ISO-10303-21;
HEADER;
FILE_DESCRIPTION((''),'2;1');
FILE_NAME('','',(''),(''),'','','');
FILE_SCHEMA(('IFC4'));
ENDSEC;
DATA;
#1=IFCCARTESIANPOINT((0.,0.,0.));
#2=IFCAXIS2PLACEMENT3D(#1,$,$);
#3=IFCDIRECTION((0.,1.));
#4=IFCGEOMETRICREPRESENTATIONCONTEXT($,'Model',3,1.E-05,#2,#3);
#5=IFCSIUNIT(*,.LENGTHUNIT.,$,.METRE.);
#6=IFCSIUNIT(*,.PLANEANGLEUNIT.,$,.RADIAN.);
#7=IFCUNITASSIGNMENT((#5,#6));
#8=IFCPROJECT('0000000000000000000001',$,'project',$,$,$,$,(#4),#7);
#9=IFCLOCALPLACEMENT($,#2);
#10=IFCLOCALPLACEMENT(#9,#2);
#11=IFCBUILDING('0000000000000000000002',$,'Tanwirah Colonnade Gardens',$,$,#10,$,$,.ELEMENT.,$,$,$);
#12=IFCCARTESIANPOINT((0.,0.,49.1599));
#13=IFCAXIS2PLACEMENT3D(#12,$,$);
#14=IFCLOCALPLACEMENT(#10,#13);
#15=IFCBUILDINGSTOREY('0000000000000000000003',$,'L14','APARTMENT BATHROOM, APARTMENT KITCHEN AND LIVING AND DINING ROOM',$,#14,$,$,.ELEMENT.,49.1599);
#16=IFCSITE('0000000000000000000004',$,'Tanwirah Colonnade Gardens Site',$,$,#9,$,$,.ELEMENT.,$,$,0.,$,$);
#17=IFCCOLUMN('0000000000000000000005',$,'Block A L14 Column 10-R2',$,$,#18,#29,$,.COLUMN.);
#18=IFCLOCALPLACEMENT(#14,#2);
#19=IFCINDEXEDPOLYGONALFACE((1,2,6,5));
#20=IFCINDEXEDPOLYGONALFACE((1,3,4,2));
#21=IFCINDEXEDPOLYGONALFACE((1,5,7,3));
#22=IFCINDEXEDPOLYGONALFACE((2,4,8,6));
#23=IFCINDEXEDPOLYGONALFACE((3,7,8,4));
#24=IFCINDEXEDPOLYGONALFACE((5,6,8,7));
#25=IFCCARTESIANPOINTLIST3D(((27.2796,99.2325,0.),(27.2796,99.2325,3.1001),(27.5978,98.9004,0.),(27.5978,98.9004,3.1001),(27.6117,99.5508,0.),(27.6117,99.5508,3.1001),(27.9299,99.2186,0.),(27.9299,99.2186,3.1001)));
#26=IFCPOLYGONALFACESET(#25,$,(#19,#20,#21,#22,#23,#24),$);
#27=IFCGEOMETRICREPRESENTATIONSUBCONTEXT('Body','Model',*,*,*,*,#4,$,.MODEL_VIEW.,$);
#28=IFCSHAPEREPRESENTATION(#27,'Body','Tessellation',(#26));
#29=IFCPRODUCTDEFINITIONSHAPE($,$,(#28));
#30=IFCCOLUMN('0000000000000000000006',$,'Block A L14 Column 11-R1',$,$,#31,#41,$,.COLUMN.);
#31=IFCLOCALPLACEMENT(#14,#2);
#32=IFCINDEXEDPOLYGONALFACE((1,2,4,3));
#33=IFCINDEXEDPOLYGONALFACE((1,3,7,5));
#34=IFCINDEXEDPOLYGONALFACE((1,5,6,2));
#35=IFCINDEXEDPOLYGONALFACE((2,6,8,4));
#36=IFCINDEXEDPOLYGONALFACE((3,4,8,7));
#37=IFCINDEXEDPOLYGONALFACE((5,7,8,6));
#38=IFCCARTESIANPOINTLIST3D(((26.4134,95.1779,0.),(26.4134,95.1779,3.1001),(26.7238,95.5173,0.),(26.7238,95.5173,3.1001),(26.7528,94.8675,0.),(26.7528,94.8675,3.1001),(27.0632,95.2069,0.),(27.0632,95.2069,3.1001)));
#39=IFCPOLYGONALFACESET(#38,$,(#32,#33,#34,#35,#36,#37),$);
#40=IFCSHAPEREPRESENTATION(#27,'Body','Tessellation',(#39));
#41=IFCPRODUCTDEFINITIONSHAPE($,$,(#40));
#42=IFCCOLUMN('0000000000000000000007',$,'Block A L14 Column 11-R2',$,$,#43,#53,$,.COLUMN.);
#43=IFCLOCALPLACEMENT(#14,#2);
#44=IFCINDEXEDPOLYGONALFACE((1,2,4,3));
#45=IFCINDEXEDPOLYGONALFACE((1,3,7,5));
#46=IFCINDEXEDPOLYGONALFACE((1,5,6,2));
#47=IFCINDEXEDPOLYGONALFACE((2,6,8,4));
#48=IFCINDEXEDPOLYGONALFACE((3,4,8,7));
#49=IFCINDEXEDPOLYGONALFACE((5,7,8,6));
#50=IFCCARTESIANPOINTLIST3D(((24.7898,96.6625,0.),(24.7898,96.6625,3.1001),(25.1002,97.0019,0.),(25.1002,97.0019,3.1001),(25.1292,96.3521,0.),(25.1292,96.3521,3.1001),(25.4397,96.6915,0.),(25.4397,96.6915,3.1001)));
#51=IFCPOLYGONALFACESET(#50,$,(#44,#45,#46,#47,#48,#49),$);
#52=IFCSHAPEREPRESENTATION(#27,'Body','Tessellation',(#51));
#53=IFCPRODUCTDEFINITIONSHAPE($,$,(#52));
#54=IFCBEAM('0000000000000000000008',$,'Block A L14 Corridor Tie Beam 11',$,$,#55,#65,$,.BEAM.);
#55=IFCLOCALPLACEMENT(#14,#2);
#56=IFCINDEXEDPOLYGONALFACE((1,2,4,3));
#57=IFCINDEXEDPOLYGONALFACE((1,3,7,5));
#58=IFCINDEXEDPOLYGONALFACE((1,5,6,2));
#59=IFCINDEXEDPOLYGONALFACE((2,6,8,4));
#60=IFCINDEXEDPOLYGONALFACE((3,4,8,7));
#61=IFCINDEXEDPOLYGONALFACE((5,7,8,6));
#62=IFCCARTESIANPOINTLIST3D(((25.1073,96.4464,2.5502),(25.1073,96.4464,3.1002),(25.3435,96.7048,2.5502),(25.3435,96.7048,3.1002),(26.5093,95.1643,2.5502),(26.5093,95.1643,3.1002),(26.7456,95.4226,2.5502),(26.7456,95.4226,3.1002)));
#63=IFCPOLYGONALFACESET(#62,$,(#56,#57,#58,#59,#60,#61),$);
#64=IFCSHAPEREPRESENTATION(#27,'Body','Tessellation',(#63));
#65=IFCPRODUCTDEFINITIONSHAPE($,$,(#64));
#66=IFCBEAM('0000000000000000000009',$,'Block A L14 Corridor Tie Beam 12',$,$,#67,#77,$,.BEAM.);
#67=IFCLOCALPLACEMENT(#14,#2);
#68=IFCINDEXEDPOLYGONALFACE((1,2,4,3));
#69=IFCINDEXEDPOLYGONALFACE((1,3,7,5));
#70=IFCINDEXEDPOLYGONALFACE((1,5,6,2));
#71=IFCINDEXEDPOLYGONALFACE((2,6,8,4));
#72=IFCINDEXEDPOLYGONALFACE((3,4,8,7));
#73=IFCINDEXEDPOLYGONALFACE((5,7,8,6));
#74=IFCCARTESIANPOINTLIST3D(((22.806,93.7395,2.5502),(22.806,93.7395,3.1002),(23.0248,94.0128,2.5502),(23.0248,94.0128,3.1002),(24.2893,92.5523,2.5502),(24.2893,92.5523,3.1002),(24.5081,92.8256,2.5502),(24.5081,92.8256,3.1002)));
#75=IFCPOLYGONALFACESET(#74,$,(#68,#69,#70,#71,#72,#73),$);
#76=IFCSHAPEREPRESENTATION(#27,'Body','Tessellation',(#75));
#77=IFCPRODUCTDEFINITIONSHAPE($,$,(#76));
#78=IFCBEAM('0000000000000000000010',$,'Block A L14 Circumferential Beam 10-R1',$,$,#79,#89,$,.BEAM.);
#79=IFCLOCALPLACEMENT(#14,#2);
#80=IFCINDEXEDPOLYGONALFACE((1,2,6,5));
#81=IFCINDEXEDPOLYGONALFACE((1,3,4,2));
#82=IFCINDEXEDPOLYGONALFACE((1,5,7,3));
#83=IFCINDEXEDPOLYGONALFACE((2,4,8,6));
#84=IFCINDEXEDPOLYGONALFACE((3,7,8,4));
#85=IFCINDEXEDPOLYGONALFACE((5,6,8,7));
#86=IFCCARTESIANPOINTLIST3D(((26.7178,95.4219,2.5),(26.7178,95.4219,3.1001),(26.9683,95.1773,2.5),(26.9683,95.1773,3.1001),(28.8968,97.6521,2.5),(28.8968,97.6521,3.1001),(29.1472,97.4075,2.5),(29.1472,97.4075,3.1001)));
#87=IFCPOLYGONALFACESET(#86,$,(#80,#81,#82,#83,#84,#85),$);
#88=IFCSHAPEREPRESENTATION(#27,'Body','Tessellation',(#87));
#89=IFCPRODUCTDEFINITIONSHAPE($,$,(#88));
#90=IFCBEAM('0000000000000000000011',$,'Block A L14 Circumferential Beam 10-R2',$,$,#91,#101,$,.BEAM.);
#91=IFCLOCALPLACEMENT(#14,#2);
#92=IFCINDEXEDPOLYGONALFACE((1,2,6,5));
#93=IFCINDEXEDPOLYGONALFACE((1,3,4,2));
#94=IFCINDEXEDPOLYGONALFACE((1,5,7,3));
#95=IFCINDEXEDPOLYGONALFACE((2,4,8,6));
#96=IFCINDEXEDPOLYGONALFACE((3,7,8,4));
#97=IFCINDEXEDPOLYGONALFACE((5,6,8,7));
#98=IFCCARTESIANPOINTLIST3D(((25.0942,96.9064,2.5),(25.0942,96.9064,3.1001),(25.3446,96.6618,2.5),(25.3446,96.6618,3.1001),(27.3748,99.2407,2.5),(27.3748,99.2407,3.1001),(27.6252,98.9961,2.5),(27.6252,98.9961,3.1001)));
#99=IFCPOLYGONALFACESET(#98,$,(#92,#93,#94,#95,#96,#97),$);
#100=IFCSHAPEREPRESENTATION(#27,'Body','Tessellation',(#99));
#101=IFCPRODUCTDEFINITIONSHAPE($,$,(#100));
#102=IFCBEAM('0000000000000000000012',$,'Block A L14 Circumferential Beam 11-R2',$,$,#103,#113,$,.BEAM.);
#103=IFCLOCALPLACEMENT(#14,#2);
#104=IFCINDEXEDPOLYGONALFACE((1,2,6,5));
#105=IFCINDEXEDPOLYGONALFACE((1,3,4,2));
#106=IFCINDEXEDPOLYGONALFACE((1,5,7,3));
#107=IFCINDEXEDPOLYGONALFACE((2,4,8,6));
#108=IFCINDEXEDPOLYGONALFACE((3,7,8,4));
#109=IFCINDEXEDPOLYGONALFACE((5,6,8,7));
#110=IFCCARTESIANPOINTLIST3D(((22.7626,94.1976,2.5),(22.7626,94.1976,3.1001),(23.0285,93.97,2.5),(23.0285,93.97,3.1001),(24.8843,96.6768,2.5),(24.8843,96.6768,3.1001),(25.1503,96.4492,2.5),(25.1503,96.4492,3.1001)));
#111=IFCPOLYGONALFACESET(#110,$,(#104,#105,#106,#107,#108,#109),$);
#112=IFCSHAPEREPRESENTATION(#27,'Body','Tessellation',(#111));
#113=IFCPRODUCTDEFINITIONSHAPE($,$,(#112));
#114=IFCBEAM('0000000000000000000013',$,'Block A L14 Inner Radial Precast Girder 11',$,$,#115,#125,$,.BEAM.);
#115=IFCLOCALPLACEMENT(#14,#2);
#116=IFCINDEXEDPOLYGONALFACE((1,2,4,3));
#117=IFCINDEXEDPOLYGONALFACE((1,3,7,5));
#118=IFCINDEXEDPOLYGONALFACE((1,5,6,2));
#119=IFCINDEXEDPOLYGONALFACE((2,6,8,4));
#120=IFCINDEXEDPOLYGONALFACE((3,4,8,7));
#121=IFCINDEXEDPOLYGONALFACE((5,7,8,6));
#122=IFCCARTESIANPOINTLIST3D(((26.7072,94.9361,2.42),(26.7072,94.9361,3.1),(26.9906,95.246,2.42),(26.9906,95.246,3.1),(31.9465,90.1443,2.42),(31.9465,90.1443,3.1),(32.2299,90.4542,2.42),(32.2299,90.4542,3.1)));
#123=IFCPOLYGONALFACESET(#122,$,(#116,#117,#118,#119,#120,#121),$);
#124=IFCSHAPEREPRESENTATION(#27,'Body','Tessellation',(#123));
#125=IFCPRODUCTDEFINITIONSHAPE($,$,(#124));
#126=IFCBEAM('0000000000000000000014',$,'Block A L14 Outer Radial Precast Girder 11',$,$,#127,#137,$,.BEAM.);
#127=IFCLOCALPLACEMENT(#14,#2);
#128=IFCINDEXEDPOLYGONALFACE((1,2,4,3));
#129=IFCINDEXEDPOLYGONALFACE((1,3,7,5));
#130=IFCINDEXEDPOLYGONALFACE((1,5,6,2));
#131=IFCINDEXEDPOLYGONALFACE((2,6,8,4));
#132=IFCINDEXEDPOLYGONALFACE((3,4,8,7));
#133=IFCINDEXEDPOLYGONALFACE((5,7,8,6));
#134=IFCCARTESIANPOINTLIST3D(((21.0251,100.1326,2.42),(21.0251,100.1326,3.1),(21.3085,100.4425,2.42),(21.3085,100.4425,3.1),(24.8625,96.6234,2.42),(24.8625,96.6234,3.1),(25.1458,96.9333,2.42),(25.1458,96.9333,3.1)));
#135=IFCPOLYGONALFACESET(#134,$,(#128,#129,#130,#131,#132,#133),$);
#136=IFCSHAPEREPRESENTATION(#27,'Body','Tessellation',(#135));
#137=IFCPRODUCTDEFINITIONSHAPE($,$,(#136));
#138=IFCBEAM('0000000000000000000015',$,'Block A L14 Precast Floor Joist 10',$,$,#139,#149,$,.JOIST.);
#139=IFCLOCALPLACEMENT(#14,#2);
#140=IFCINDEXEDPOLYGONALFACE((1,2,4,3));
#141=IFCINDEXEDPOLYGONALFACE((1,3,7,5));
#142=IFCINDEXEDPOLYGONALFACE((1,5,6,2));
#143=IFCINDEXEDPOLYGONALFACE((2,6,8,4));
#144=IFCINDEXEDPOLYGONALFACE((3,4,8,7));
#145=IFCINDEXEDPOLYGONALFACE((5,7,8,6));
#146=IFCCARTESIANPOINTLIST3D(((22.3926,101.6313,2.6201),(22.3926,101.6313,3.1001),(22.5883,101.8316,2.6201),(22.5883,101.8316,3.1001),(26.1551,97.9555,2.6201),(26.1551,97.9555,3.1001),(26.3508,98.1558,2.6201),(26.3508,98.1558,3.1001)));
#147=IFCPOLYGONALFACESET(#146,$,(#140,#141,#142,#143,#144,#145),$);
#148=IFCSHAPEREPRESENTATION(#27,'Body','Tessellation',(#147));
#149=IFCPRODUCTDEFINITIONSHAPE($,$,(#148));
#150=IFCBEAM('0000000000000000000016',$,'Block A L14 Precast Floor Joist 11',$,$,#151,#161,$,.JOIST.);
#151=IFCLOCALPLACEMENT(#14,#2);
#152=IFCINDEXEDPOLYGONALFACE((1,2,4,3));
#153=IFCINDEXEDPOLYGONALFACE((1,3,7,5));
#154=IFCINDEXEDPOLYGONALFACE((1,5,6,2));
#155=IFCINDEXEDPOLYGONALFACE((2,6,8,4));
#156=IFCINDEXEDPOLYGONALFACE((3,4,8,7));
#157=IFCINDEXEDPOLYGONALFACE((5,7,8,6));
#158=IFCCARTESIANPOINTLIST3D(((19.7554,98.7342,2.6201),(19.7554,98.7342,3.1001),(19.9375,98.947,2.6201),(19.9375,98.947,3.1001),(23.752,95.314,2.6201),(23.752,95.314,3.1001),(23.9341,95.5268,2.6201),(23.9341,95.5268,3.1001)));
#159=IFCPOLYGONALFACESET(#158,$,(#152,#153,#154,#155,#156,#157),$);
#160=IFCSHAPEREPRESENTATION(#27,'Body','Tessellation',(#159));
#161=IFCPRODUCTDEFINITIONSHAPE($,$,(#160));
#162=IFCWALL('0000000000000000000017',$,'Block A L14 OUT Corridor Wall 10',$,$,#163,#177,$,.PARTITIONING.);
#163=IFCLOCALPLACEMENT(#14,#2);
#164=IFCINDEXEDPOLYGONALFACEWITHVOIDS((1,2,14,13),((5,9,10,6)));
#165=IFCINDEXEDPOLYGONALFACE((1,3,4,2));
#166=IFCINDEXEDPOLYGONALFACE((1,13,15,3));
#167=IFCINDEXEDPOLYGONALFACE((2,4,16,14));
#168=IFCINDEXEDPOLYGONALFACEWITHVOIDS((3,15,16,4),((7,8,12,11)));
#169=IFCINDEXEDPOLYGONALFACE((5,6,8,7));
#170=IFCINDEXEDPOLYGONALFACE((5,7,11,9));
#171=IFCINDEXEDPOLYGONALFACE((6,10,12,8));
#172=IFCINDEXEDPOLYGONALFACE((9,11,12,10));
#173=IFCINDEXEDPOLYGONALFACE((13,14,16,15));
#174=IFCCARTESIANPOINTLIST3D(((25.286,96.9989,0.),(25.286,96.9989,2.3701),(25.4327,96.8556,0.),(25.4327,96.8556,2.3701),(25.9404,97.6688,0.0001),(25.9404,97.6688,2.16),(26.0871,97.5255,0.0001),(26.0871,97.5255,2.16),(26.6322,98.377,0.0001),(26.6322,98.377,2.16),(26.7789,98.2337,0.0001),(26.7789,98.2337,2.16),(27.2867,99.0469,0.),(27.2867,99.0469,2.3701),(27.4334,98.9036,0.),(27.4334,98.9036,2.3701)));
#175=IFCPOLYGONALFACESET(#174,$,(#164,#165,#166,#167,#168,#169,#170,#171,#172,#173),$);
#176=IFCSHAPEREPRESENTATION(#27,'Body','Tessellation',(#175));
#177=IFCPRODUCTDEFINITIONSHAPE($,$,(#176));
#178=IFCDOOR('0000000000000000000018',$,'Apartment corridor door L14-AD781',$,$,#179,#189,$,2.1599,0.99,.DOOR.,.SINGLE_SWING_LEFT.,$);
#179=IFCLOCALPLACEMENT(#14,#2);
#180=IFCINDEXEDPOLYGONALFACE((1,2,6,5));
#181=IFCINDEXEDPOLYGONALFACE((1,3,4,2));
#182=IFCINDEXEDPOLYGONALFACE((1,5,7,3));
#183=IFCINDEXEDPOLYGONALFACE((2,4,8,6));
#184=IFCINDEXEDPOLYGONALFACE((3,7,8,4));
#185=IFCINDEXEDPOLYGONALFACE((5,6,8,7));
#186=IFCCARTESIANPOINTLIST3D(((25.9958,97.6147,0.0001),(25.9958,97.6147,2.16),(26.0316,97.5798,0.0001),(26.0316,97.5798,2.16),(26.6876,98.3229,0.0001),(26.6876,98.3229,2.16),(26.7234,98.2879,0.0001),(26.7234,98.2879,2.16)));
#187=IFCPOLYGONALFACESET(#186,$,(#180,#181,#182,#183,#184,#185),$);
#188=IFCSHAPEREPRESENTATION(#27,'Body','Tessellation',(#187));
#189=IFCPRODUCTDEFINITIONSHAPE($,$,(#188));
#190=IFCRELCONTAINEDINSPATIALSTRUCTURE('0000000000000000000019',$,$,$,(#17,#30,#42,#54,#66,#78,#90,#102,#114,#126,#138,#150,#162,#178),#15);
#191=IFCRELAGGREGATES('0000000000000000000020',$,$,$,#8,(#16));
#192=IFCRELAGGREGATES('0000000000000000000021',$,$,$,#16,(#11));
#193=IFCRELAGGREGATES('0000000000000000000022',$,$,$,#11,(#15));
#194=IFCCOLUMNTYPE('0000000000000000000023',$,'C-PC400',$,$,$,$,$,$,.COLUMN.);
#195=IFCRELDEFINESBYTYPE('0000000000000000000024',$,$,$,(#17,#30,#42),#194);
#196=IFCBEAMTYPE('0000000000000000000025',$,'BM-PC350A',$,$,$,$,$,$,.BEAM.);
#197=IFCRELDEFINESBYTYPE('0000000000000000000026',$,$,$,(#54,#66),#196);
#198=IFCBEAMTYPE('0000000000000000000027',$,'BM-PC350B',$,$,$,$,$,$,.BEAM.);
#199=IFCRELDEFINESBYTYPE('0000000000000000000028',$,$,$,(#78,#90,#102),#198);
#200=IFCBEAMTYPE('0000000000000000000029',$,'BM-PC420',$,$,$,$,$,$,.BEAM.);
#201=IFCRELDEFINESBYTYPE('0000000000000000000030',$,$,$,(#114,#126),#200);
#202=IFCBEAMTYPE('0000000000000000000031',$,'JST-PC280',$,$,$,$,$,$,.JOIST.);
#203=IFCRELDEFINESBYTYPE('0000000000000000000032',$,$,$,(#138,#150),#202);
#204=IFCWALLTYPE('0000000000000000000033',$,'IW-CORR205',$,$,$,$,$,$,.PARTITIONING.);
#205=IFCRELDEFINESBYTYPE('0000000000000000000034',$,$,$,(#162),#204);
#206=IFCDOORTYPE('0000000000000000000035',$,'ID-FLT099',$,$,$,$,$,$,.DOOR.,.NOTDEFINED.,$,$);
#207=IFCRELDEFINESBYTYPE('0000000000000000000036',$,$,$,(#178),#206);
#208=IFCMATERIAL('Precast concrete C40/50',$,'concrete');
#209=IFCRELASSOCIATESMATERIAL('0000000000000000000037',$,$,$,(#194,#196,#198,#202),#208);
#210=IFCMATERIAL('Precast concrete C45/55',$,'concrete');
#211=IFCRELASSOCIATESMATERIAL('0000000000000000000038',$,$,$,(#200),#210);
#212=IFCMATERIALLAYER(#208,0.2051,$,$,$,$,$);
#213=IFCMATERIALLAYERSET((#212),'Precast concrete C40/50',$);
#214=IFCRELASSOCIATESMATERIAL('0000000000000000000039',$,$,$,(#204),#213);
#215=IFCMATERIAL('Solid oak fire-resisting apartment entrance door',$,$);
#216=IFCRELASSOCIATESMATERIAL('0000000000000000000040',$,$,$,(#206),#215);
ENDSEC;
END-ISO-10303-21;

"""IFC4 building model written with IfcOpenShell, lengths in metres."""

from ifc_helpers import new_model, si_unit, direction, frame, frame_2d, origin, origin_2d, place, context, subcontext, project, spatial, rectangle, extrude, material, layer, layer_set, material_profile, profile_set, type_object, element, fill, save


model = new_model("IFC4")

# Units and contexts
model_context = context("Model", 3, precision=1e-05, world=origin(), true_north=direction((0.0, 1.0)))
body_context = subcontext(model_context, "Body", "Model", "MODEL_VIEW")
ifc_project = project(units=[si_unit("LENGTHUNIT", "METRE"), si_unit("PLANEANGLEUNIT", "RADIAN")], contexts=[model_context])

# Site, building, storey
site_placement = place(None, origin())
site = spatial("IfcSite", under=ifc_project, at=site_placement, Name="Tanwirah Colonnade Gardens Site", CompositionType="ELEMENT", RefElevation=0.0)
building_placement = place(site_placement, origin())
building = spatial("IfcBuilding", under=site, at=building_placement, Name="Tanwirah Colonnade Gardens", CompositionType="ELEMENT")
storey_placement = place(building_placement, frame((0.0, 0.0, 49.1599)))
storey = spatial("IfcBuildingStorey", under=building, at=storey_placement, Name="L14", Description="APARTMENT BATHROOM, APARTMENT KITCHEN AND LIVING AND DINING ROOM", CompositionType="ELEMENT", Elevation=49.1599)

# Columns
ifc_material_1 = material(Name="Precast concrete C40/50", Category="concrete")
ifc_material_profile_1 = material_profile(ifc_material_1, rectangle(XDim=0.46, YDim=0.46, at=origin_2d()), Name="PC-COL 460x460")
ifc_profile_set_1 = profile_set([ifc_material_profile_1], Name="Precast concrete C40/50")
column_type = type_object("IfcColumnType", Name="C-PC400", PredefinedType="COLUMN", material=ifc_profile_set_1)
for number, where, z_axis, x_axis, name in (
    (1, (27.6047, 99.2256, 0.0), (0.0, 0.0, 1.0), (-0.691863, 0.722029, 0.0), "Block A L14 Column 10-R2"),
    (2, (26.7383, 95.1924, 0.0), (0.0, 0.0, 1.0), (-0.737932, 0.674875, 0.0), "Block A L14 Column 11-R1"),
    (3, (25.1147, 96.677, 0.0), (0.0, 0.0, 1.0), (-0.737932, 0.674875, 0.0), "Block A L14 Column 11-R2"),
):
    element("IfcColumn", number, at=place(storey_placement, frame(where, z_axis=z_axis, x_axis=x_axis)), inside=storey, type_object=column_type, Name=name, PredefinedType="COLUMN", context=body_context, shape_type="SweptSolid", body=[
        extrude(rectangle(XDim=0.46, YDim=0.46, at=origin_2d()), origin(), (0.0, 0.0, 1.0), 3.1001),
    ])

# Beams
ifc_material_profile_2 = material_profile(ifc_material_1, rectangle(XDim=0.3501, YDim=0.55, at=origin_2d()), Name="PC-BM 350x550")
ifc_profile_set_2 = profile_set([ifc_material_profile_2], Name="Precast concrete C40/50")
beam_type_1 = type_object("IfcBeamType", Name="BM-PC350A", PredefinedType="BEAM", material=ifc_profile_set_2)
for number, where, z_axis, x_axis, name in (
    (4, (26.6274, 95.2935, 2.8252), (-0.737948, 0.674857, 0.0), (-0.674857, -0.737948, 0.0), "Block A L14 Corridor Tie Beam 11"),
    (5, (24.3987, 92.689, 2.8252), (-0.780731, 0.624867, 0.0), (-0.624867, -0.780731, 0.0), "Block A L14 Corridor Tie Beam 12"),
):
    element("IfcBeam", number, at=place(storey_placement, frame(where, z_axis=z_axis, x_axis=x_axis)), inside=storey, type_object=beam_type_1, Name=name, PredefinedType="BEAM", context=body_context, shape_type="SweptSolid", body=[
        extrude(rectangle(XDim=0.3501, YDim=0.55, at=origin_2d()), origin(), (0.0, 0.0, 1.0), 1.8999),
    ])
ifc_material_profile_3 = material_profile(ifc_material_1, rectangle(XDim=0.3501, YDim=0.6001, at=origin_2d()), Name="PC-BM 350x600")
ifc_profile_set_3 = profile_set([ifc_material_profile_3], Name="Precast concrete C40/50")
beam_type_2 = type_object("IfcBeamType", Name="BM-PC350B", PredefinedType="BEAM", material=ifc_profile_set_3)
beam_1_placement = place(storey_placement, frame((29.022, 97.5298, 2.8), z_axis=(-0.698837, -0.715281, 0.0), x_axis=(0.715281, -0.698837, 0.0)))
element("IfcBeam", 6, at=beam_1_placement, inside=storey, type_object=beam_type_2, Name="Block A L14 Circumferential Beam 10-R1", PredefinedType="BEAM", context=body_context, shape_type="SweptSolid", body=[
    extrude(rectangle(XDim=0.3501, YDim=0.6001, at=origin_2d()), origin(), (0.0, 0.0, 1.0), 3.1179),
])
beam_2_placement = place(storey_placement, frame((27.5, 99.1184, 2.8), z_axis=(-0.698829, -0.715288, 0.0), x_axis=(0.715288, -0.698829, 0.0)))
element("IfcBeam", 7, at=beam_2_placement, inside=storey, type_object=beam_type_2, Name="Block A L14 Circumferential Beam 10-R2", PredefinedType="BEAM", context=body_context, shape_type="SweptSolid", body=[
    extrude(rectangle(XDim=0.3501, YDim=0.6001, at=origin_2d()), origin(), (0.0, 0.0, 1.0), 3.2634),
])
beam_3_placement = place(storey_placement, frame((25.0173, 96.563, 2.8), z_axis=(-0.650218, -0.759748, 0.0), x_axis=(0.759748, -0.650218, 0.0)))
element("IfcBeam", 8, at=beam_3_placement, inside=storey, type_object=beam_type_2, Name="Block A L14 Circumferential Beam 11-R2", PredefinedType="BEAM", context=body_context, shape_type="SweptSolid", body=[
    extrude(rectangle(XDim=0.3501, YDim=0.6001, at=origin_2d()), origin(), (0.0, 0.0, 1.0), 3.2632),
])
ifc_material_2 = material(Name="Precast concrete C45/55", Category="concrete")
ifc_material_profile_4 = material_profile(ifc_material_2, rectangle(XDim=0.4199, YDim=0.6799, at=origin_2d()), Name="PC-BM 420x680")
ifc_profile_set_4 = profile_set([ifc_material_profile_4], Name="Precast concrete C45/55")
beam_type_3 = type_object("IfcBeamType", Name="BM-PC420", PredefinedType="BEAM", material=ifc_profile_set_4)
beam_4_placement = place(storey_placement, frame((26.8489, 95.0911, 2.76), z_axis=(0.737919, -0.67489, 0.0), x_axis=(0.67489, 0.737919, 0.0)))
element("IfcBeam", 9, at=beam_4_placement, inside=storey, type_object=beam_type_3, Name="Block A L14 Inner Radial Precast Girder 11", PredefinedType="BEAM", context=body_context, shape_type="SweptSolid", body=[
    extrude(rectangle(XDim=0.4199, YDim=0.6799, at=origin_2d()), origin(), (0.0, 0.0, 1.0), 7.1001),
])
beam_5_placement = place(storey_placement, frame((25.0042, 96.7783, 2.76), z_axis=(-0.737953, 0.674852, 0.0), x_axis=(-0.674852, -0.737953, 0.0)))
element("IfcBeam", 10, at=beam_5_placement, inside=storey, type_object=beam_type_3, Name="Block A L14 Outer Radial Precast Girder 11", PredefinedType="BEAM", context=body_context, shape_type="SweptSolid", body=[
    extrude(rectangle(XDim=0.4199, YDim=0.6799, at=origin_2d()), origin(), (0.0, 0.0, 1.0), 5.2),
])
ifc_material_profile_5 = material_profile(ifc_material_1, rectangle(XDim=0.28, YDim=0.48, at=origin_2d()), Name="PC-JST 280x480")
ifc_profile_set_5 = profile_set([ifc_material_profile_5], Name="Precast concrete C40/50")
beam_type_4 = type_object("IfcBeamType", Name="JST-PC280", PredefinedType="JOIST", material=ifc_profile_set_5)
beam_6_placement = place(storey_placement, frame((26.2529, 98.0557, 2.8601), z_axis=(-0.715297, 0.69882, 0.0), x_axis=(-0.69882, -0.715297, 0.0)))
element("IfcBeam", 11, at=beam_6_placement, inside=storey, type_object=beam_type_4, Name="Block A L14 Precast Floor Joist 10", PredefinedType="JOIST", context=body_context, shape_type="SweptSolid", body=[
    extrude(rectangle(XDim=0.28, YDim=0.48, at=origin_2d()), origin(), (0.0, 0.0, 1.0), 5.26),
])
beam_7_placement = place(storey_placement, frame((23.843, 95.4204, 2.8601), z_axis=(-0.759771, 0.650191, 0.0), x_axis=(-0.650191, -0.759771, 0.0)))
element("IfcBeam", 12, at=beam_7_placement, inside=storey, type_object=beam_type_4, Name="Block A L14 Precast Floor Joist 11", PredefinedType="JOIST", context=body_context, shape_type="SweptSolid", body=[
    extrude(rectangle(XDim=0.28, YDim=0.48, at=origin_2d()), origin(), (0.0, 0.0, 1.0), 5.2603),
])

# Wall, opening, door
ifc_layer_1 = layer(ifc_material_1, 0.2051)
ifc_layer_set_1 = layer_set([ifc_layer_1], Name="Precast concrete C40/50")
wall_type_1 = type_object("IfcWallType", Name="IW-CORR205", PredefinedType="PARTITIONING", material=ifc_layer_set_1)
wall_1_placement = place(storey_placement, frame((27.3601, 98.9753, 0.0), z_axis=(0.0, 0.0, 1.0), x_axis=(-0.698787, -0.71533, 0.0)))
wall_1 = element("IfcWall", 13, at=wall_1_placement, inside=storey, type_object=wall_type_1, Name="Block A L14 OUT Corridor Wall 10", PredefinedType="PARTITIONING", context=body_context, shape_type="SweptSolid", body=[
    extrude(rectangle(XDim=2.863, YDim=0.2051, at=frame_2d((1.4316, 0.0))), origin(), (0.0, 0.0, 1.0), 2.3701),
])
opening_1_placement = place(wall_1_placement, frame((0.9365, 0.0, 0.0)))
opening_1 = element("IfcOpeningElement", 14, at=opening_1_placement, cuts=wall_1, PredefinedType="OPENING", context=body_context, shape_type="SweptSolid", body=[
    extrude(rectangle(XDim=0.99, YDim=2.1599, at=frame_2d((0.4951, 1.0801))), frame((0.0, 0.1125, 0.0), z_axis=(0.0, -1.0, 0.0), x_axis=(1.0, 0.0, 0.0)), (0.0, 0.0, 1.0), 0.2251),
])
ifc_material_3 = material(Name="Solid oak fire-resisting apartment entrance door")
door_type_1 = type_object("IfcDoorType", Name="ID-FLT099", OperationType="NOTDEFINED", PredefinedType="DOOR", material=ifc_material_3)
door_1_placement = place(opening_1_placement, origin())
door_1 = element("IfcDoor", 15, at=door_1_placement, inside=storey, type_object=door_type_1, Name="Apartment corridor door L14-AD781", OperationType="SINGLE_SWING_LEFT", OverallHeight=2.1599, OverallWidth=0.99, PredefinedType="DOOR", context=body_context, shape_type="SweptSolid", body=[
    extrude(rectangle(XDim=0.99, YDim=2.1599, at=frame_2d((0.4951, 1.0801))), frame((0.0, 0.0249, 0.0), z_axis=(0.0, -1.0, 0.0), x_axis=(1.0, 0.0, 0.0)), (0.0, 0.0, 1.0), 0.05),
])
fill(opening_1, door_1)

save(model, "model.ifc")
